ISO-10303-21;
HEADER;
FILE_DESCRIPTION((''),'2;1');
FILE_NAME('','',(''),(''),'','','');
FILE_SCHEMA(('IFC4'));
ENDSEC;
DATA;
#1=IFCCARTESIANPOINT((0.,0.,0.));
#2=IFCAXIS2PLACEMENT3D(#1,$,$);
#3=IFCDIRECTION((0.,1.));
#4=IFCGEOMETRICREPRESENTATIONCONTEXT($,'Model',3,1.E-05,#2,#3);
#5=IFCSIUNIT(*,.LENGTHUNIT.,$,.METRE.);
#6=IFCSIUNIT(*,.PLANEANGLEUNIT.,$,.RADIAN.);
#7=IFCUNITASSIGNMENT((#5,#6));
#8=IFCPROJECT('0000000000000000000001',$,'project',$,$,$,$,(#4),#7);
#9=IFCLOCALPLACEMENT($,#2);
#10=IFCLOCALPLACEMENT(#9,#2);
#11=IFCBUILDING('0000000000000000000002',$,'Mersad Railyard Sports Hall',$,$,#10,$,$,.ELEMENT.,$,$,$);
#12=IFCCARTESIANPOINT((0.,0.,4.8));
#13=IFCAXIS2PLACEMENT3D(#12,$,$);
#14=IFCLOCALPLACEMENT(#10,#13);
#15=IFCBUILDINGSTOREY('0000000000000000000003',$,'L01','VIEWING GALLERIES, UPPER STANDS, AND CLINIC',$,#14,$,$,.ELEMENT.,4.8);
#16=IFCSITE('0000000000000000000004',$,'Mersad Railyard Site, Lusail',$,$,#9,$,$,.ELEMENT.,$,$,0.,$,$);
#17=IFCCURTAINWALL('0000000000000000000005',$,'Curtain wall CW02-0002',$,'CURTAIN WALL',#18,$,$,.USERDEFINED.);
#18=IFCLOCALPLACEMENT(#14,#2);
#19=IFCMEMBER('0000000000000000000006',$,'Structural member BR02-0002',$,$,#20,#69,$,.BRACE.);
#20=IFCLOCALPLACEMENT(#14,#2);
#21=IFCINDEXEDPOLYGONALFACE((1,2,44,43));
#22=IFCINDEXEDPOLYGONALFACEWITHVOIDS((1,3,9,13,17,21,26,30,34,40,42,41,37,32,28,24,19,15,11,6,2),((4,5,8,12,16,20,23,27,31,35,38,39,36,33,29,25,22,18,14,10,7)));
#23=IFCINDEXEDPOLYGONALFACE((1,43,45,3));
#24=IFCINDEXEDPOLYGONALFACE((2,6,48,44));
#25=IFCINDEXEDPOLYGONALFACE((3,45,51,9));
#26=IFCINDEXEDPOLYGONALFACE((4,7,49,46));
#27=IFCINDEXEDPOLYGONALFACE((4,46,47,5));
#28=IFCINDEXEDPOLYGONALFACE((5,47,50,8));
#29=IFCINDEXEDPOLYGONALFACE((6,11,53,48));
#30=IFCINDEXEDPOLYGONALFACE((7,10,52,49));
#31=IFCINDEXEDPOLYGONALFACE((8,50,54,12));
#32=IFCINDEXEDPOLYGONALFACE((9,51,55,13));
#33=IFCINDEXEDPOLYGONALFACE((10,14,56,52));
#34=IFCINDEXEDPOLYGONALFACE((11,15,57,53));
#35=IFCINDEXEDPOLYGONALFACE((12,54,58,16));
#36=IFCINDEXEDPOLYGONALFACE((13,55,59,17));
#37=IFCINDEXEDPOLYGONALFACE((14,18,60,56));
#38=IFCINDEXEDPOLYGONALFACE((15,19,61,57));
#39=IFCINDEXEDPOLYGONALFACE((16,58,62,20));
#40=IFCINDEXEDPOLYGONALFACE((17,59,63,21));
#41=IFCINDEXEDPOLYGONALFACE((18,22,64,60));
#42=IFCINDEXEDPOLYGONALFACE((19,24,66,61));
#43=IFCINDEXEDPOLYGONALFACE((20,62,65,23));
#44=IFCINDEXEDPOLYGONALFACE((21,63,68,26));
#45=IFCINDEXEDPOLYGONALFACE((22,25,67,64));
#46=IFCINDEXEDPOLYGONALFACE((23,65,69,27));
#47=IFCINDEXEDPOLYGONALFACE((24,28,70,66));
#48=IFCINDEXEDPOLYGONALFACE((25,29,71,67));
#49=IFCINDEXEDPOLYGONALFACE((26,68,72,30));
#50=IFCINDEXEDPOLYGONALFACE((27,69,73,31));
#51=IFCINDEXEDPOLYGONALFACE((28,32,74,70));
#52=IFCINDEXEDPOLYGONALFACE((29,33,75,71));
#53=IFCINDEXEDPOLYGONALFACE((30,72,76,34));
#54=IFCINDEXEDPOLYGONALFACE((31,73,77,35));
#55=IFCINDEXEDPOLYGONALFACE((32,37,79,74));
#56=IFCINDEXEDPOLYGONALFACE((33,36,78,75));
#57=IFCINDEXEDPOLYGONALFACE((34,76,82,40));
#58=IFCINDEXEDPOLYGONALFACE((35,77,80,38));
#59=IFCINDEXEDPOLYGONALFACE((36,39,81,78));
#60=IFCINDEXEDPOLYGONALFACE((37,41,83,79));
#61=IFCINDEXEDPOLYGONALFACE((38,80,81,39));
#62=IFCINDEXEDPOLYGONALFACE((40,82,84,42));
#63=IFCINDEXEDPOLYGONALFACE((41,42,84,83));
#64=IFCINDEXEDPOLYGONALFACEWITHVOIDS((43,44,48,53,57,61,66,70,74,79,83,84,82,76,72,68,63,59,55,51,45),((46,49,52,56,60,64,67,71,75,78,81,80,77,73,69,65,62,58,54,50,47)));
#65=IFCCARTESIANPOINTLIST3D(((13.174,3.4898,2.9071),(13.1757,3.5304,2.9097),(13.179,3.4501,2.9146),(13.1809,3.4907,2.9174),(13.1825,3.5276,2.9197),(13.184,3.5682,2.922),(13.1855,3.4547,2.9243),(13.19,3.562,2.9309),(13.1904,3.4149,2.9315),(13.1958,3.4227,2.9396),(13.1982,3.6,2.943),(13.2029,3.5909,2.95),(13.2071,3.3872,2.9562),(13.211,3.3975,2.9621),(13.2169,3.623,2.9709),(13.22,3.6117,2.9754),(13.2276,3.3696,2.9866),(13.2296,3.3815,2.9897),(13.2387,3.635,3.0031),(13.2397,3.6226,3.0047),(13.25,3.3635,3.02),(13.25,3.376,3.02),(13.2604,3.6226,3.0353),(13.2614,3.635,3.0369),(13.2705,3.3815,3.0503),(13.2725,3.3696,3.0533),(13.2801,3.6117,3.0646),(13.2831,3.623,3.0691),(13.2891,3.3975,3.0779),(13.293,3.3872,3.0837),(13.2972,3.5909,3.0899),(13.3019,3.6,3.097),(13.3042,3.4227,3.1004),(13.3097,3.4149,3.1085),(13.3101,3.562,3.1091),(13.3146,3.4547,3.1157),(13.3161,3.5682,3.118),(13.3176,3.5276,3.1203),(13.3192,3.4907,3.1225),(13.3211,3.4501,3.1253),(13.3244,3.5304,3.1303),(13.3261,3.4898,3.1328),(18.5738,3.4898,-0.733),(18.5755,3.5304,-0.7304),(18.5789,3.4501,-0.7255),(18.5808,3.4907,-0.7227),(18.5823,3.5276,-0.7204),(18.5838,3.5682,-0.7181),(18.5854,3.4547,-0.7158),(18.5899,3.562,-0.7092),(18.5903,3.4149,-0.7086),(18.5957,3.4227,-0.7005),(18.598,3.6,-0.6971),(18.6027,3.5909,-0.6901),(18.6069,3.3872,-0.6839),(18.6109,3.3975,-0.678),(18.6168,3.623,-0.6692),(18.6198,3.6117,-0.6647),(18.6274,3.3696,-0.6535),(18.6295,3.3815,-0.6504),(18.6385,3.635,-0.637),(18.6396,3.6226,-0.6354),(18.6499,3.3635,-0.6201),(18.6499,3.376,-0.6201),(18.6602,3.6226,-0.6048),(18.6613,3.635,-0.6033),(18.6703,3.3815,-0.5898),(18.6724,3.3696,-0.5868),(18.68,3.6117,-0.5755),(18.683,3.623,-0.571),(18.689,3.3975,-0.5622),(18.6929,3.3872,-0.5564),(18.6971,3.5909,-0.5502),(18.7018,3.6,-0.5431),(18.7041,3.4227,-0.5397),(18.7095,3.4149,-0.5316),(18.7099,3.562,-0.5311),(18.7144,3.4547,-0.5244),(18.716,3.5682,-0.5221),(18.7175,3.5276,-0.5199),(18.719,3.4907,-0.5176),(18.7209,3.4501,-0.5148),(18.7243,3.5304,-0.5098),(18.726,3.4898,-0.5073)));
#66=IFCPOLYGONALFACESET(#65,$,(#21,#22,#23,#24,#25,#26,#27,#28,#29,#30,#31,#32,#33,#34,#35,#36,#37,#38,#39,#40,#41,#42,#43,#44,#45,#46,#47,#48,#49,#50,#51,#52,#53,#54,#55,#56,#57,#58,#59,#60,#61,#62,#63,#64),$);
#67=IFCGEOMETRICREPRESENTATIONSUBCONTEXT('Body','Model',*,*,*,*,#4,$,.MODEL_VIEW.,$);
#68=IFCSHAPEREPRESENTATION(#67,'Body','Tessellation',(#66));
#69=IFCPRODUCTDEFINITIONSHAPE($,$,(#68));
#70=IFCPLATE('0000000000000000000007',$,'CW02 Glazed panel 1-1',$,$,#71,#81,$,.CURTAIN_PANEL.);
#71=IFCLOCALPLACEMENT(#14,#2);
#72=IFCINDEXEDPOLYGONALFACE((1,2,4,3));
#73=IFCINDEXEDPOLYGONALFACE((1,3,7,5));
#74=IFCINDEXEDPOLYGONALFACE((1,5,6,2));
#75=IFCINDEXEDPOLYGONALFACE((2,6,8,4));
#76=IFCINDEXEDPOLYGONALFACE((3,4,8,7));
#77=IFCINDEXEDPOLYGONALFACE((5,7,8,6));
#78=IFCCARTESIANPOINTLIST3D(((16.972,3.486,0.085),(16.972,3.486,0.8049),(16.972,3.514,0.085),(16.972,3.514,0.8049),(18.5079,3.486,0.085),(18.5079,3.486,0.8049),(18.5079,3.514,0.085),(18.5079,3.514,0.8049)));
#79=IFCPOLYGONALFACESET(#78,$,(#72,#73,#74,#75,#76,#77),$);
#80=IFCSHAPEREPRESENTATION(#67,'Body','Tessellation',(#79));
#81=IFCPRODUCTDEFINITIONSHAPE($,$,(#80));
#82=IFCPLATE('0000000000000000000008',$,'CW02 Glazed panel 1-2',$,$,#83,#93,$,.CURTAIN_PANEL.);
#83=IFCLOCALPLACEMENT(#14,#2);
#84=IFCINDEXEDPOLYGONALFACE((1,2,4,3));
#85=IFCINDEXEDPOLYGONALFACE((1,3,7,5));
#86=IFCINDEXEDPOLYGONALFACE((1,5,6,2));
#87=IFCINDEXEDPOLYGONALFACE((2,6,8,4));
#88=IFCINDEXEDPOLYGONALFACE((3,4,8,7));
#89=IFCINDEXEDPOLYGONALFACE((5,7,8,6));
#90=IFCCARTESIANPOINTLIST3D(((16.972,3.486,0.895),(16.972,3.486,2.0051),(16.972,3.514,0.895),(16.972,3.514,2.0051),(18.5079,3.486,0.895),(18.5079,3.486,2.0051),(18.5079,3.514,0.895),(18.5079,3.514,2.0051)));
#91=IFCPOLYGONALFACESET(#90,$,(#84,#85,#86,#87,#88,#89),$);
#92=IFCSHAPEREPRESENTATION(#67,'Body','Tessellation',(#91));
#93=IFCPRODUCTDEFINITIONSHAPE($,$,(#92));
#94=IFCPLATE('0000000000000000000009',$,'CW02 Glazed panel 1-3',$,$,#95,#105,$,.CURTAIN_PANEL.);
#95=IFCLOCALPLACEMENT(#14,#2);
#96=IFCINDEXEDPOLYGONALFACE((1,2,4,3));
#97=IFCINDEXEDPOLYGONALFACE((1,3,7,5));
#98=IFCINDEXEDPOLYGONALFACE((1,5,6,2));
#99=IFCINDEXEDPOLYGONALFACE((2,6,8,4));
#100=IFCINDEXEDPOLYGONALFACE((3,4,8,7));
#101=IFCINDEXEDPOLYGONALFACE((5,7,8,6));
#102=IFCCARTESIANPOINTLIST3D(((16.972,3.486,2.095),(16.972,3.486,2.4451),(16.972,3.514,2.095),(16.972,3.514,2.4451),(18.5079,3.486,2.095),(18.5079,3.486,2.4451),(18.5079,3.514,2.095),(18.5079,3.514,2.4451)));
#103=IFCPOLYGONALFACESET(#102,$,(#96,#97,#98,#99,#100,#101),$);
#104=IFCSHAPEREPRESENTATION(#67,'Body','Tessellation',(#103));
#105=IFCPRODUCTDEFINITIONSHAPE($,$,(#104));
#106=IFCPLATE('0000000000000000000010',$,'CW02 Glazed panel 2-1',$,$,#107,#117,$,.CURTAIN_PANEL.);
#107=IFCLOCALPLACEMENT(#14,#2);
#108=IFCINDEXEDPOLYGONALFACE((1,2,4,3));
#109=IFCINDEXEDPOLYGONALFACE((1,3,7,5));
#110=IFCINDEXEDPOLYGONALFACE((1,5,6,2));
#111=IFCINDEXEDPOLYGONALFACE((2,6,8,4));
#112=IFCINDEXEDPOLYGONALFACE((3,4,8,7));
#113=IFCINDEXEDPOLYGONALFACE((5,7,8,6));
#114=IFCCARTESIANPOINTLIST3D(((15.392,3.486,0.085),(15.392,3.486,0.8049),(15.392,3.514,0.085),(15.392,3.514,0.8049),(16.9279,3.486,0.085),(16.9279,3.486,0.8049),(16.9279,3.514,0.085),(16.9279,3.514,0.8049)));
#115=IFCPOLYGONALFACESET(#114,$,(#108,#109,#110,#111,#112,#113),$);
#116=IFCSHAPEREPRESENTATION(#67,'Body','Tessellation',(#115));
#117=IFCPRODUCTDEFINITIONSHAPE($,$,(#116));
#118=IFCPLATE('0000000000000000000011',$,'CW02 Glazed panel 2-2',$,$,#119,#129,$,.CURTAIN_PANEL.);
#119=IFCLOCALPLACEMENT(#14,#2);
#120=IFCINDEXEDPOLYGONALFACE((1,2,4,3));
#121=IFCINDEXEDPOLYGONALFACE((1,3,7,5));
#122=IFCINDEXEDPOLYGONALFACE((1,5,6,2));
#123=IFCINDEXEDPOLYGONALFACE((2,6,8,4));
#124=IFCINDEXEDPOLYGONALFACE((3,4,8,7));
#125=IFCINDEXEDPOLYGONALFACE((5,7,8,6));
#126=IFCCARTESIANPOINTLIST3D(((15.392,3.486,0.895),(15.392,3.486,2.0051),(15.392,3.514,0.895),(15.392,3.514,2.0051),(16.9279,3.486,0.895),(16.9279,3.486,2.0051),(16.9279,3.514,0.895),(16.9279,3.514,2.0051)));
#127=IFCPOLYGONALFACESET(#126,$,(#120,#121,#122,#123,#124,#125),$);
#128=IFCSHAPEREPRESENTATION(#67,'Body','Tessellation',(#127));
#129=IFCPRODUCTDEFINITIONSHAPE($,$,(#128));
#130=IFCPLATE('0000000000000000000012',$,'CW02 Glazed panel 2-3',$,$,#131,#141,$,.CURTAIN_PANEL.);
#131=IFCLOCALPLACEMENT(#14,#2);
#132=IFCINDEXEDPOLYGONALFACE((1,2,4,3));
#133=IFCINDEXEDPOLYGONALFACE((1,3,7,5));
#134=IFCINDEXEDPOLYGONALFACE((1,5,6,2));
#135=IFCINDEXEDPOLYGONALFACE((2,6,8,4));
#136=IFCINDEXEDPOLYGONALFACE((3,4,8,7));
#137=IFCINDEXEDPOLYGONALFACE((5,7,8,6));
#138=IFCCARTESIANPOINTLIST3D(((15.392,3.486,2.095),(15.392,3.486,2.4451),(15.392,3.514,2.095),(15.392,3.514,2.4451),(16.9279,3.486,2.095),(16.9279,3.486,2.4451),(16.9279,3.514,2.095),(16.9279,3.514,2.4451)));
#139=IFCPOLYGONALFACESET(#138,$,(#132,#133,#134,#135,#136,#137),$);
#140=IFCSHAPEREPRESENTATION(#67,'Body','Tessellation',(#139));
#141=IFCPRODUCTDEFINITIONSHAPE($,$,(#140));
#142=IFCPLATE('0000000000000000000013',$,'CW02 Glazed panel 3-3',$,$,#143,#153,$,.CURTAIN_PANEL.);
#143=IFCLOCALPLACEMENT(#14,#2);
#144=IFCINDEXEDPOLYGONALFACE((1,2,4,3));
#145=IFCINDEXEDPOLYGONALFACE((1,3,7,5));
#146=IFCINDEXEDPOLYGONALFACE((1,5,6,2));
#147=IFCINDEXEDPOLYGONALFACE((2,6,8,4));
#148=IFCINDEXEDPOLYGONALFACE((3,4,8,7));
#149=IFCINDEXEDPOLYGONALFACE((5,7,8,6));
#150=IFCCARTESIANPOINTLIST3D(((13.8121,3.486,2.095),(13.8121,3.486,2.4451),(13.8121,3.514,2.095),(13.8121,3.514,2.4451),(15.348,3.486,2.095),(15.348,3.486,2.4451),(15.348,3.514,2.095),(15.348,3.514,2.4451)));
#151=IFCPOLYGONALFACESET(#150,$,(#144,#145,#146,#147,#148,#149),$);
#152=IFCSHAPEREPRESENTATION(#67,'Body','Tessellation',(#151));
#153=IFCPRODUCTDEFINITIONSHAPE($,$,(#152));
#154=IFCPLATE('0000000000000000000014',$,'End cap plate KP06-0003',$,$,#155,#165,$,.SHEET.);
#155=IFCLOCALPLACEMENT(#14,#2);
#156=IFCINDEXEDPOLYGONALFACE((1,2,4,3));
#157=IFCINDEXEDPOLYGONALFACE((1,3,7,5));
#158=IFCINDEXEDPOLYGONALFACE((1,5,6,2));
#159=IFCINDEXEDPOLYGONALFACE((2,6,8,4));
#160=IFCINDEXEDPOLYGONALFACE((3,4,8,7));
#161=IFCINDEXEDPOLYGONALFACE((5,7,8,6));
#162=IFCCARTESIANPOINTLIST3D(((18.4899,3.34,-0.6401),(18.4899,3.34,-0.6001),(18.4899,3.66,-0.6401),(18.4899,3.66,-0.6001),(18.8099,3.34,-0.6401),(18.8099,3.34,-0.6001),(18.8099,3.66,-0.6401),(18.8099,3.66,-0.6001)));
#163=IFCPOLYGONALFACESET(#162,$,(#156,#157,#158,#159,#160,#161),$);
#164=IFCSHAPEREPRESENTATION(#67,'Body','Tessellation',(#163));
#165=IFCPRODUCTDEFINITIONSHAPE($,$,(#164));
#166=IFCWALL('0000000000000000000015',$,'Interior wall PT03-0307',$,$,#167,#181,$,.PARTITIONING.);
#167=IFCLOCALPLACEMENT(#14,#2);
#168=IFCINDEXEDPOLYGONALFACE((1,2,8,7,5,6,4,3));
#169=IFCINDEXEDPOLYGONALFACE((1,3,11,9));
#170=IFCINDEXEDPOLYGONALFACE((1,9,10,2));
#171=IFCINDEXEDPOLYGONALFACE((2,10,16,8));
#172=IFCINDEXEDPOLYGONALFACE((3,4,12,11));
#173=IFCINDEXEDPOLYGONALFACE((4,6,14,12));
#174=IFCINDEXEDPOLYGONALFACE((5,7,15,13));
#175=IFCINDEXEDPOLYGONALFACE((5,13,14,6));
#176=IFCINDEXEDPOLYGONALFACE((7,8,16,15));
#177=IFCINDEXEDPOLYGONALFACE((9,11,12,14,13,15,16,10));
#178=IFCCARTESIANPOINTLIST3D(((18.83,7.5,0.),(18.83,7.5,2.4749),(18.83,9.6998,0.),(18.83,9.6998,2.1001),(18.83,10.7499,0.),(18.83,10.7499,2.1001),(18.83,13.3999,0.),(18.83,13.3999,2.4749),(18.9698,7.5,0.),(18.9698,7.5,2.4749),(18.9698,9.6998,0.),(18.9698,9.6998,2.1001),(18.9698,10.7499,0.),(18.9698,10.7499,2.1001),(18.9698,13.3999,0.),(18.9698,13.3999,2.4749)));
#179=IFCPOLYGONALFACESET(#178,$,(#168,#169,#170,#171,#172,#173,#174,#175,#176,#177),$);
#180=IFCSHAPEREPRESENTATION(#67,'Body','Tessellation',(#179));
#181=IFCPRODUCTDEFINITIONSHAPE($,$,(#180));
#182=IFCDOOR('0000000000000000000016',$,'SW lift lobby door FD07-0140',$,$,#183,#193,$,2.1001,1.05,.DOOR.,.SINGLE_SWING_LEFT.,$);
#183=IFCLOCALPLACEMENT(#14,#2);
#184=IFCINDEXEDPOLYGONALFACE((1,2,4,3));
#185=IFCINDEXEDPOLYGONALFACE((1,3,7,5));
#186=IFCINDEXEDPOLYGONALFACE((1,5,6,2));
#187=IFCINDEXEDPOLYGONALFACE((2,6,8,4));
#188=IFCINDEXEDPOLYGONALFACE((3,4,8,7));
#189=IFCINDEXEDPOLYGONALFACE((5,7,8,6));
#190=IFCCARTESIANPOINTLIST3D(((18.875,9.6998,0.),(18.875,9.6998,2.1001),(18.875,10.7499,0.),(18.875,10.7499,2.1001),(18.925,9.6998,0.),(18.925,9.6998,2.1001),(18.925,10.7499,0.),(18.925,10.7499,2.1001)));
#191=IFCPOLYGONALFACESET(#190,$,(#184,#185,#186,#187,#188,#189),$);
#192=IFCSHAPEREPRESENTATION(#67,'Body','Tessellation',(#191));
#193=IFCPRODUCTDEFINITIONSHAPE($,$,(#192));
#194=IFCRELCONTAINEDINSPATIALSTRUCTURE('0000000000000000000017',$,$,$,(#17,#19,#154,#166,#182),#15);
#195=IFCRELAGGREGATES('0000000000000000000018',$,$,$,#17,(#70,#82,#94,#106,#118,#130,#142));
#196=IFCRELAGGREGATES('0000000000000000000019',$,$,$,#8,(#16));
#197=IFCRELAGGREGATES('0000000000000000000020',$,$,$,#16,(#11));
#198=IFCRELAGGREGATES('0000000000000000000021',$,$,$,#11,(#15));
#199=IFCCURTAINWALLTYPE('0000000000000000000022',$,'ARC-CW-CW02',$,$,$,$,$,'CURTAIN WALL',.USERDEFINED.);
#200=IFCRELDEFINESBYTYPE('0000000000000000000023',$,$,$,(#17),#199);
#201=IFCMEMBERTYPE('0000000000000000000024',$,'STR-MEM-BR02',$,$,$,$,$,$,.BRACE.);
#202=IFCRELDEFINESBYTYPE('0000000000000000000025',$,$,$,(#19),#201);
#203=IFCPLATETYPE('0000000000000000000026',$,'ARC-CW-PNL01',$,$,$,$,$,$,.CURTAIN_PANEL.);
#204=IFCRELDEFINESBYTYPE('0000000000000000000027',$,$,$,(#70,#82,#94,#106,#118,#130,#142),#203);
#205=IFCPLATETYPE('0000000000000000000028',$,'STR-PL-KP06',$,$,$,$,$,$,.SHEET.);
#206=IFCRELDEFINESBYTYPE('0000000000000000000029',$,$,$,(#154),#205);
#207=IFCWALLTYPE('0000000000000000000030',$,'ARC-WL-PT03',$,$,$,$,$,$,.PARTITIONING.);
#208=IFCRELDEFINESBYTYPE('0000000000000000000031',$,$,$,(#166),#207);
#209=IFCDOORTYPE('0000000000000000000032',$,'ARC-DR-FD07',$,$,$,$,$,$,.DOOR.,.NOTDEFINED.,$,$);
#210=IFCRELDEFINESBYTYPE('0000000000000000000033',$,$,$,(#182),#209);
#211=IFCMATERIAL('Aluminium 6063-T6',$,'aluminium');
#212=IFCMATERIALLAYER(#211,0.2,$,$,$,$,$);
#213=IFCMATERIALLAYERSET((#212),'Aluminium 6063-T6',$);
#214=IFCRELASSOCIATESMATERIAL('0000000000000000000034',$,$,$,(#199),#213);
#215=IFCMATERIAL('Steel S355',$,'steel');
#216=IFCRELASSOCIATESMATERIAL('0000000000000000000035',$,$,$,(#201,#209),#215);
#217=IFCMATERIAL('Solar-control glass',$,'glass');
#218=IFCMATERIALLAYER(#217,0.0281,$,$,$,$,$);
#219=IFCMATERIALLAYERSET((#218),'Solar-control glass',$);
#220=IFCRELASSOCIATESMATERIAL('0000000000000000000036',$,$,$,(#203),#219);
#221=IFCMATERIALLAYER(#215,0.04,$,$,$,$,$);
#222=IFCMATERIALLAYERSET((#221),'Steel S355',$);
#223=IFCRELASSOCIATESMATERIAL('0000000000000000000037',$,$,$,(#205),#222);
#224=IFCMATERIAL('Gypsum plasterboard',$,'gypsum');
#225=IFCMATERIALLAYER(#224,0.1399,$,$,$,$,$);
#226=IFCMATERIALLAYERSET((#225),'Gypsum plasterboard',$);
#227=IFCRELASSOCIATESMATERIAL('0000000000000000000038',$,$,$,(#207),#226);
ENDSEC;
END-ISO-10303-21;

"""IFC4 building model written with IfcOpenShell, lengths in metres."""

from ifc_helpers import new_model, si_unit, direction, frame, frame_2d, origin, origin_2d, place, context, subcontext, project, spatial, rectangle, hollow_circle, extrude, material, layer, layer_set, material_profile, profile_set, type_object, element, fill, aggregate, save


model = new_model("IFC4")

# Units and contexts
model_context = context("Model", 3, precision=1e-05, world=origin(), true_north=direction((0.0, 1.0)))
body_context = subcontext(model_context, "Body", "Model", "MODEL_VIEW")
ifc_project = project(units=[si_unit("LENGTHUNIT", "METRE"), si_unit("PLANEANGLEUNIT", "RADIAN")], contexts=[model_context])

# Site, building, storey
site_placement = place(None, origin())
site = spatial("IfcSite", under=ifc_project, at=site_placement, Name="Mersad Railyard Site, Lusail", CompositionType="ELEMENT", RefElevation=0.0)
building_placement = place(site_placement, origin())
building = spatial("IfcBuilding", under=site, at=building_placement, Name="Mersad Railyard Sports Hall", CompositionType="ELEMENT")
storey_placement = place(building_placement, frame((0.0, 0.0, 4.8)))
storey = spatial("IfcBuildingStorey", under=building, at=storey_placement, Name="L01", Description="VIEWING GALLERIES, UPPER STANDS, AND CLINIC", CompositionType="ELEMENT", Elevation=4.8)

# Curtain wall
ifc_material_1 = material(Name="Aluminium 6063-T6", Category="aluminium")
ifc_layer_1 = layer(ifc_material_1, 0.2)
ifc_layer_set_1 = layer_set([ifc_layer_1], Name="Aluminium 6063-T6")
curtain_wall_type = type_object("IfcCurtainWallType", Name="ARC-CW-CW02", ElementType="CURTAIN WALL", PredefinedType="USERDEFINED", material=ifc_layer_set_1)
curtain_wall_placement = place(storey_placement, origin())
curtain_wall = element("IfcCurtainWall", 1, at=curtain_wall_placement, inside=storey, type_object=curtain_wall_type, Name="Curtain wall CW02-0002", ObjectType="CURTAIN WALL", PredefinedType="USERDEFINED")

# Member
ifc_material_2 = material(Name="Steel S355", Category="steel")
ifc_material_profile_1 = material_profile(ifc_material_2, hollow_circle(Radius=0.1365, WallThickness=0.0125, at=origin_2d()), Name="CHS 273x12.5")
ifc_profile_set_1 = profile_set([ifc_material_profile_1], Name="Steel S355")
member_type_1 = type_object("IfcMemberType", Name="STR-MEM-BR02", PredefinedType="BRACE", material=ifc_profile_set_1)
member_1_placement = place(storey_placement, frame((18.6499, 3.5, -0.6201), z_axis=(-0.82919, 0.0, 0.558967), x_axis=(0.0, -1.0, 0.0)))
element("IfcMember", 2, at=member_1_placement, inside=storey, type_object=member_type_1, Name="Structural member BR02-0002", PredefinedType="BRACE", context=body_context, shape_type="SweptSolid", body=[
    extrude(hollow_circle(Radius=0.1365, WallThickness=0.0125, at=origin_2d()), origin(), (0.0, 0.0, 1.0), 6.5122),
])

# Plates
ifc_material_3 = material(Name="Solar-control glass", Category="glass")
ifc_layer_2 = layer(ifc_material_3, 0.0281)
ifc_layer_set_2 = layer_set([ifc_layer_2], Name="Solar-control glass")
plate_type_1 = type_object("IfcPlateType", Name="ARC-CW-PNL01", PredefinedType="CURTAIN_PANEL", material=ifc_layer_set_2)
plate_1_placement = place(storey_placement, frame((17.74, 3.5, 0.085), z_axis=(0.0, 0.0, 1.0), x_axis=(-1.0, 0.0, 0.0)))
plate_1 = element("IfcPlate", 3, at=plate_1_placement, type_object=plate_type_1, Name="CW02 Glazed panel 1-1", PredefinedType="CURTAIN_PANEL", context=body_context, shape_type="SweptSolid", body=[
    extrude(rectangle(XDim=1.5359, YDim=0.0281, at=origin_2d()), origin(), (0.0, 0.0, 1.0), 0.72),
])
plate_2_placement = place(storey_placement, frame((17.74, 3.5, 0.895), z_axis=(0.0, 0.0, 1.0), x_axis=(-1.0, 0.0, 0.0)))
plate_2 = element("IfcPlate", 4, at=plate_2_placement, type_object=plate_type_1, Name="CW02 Glazed panel 1-2", PredefinedType="CURTAIN_PANEL", context=body_context, shape_type="SweptSolid", body=[
    extrude(rectangle(XDim=1.5359, YDim=0.0281, at=origin_2d()), origin(), (0.0, 0.0, 1.0), 1.1101),
])
plate_3_placement = place(storey_placement, frame((17.74, 3.5, 2.095), z_axis=(0.0, 0.0, 1.0), x_axis=(-1.0, 0.0, 0.0)))
plate_3 = element("IfcPlate", 5, at=plate_3_placement, type_object=plate_type_1, Name="CW02 Glazed panel 1-3", PredefinedType="CURTAIN_PANEL", context=body_context, shape_type="SweptSolid", body=[
    extrude(rectangle(XDim=1.5359, YDim=0.0281, at=origin_2d()), origin(), (0.0, 0.0, 1.0), 0.3501),
])
plate_4_placement = place(storey_placement, frame((16.1599, 3.5, 0.085), z_axis=(0.0, 0.0, 1.0), x_axis=(-1.0, 0.0, 0.0)))
plate_4 = element("IfcPlate", 6, at=plate_4_placement, type_object=plate_type_1, Name="CW02 Glazed panel 2-1", PredefinedType="CURTAIN_PANEL", context=body_context, shape_type="SweptSolid", body=[
    extrude(rectangle(XDim=1.5359, YDim=0.0281, at=origin_2d()), origin(), (0.0, 0.0, 1.0), 0.72),
])
plate_5_placement = place(storey_placement, frame((16.1599, 3.5, 0.895), z_axis=(0.0, 0.0, 1.0), x_axis=(-1.0, 0.0, 0.0)))
plate_5 = element("IfcPlate", 7, at=plate_5_placement, type_object=plate_type_1, Name="CW02 Glazed panel 2-2", PredefinedType="CURTAIN_PANEL", context=body_context, shape_type="SweptSolid", body=[
    extrude(rectangle(XDim=1.5359, YDim=0.0281, at=origin_2d()), origin(), (0.0, 0.0, 1.0), 1.1101),
])
plate_6_placement = place(storey_placement, frame((16.1599, 3.5, 2.095), z_axis=(0.0, 0.0, 1.0), x_axis=(-1.0, 0.0, 0.0)))
plate_6 = element("IfcPlate", 8, at=plate_6_placement, type_object=plate_type_1, Name="CW02 Glazed panel 2-3", PredefinedType="CURTAIN_PANEL", context=body_context, shape_type="SweptSolid", body=[
    extrude(rectangle(XDim=1.5359, YDim=0.0281, at=origin_2d()), origin(), (0.0, 0.0, 1.0), 0.3501),
])
plate_7_placement = place(storey_placement, frame((14.5801, 3.5, 2.095), z_axis=(0.0, 0.0, 1.0), x_axis=(-1.0, 0.0, 0.0)))
plate_7 = element("IfcPlate", 9, at=plate_7_placement, type_object=plate_type_1, Name="CW02 Glazed panel 3-3", PredefinedType="CURTAIN_PANEL", context=body_context, shape_type="SweptSolid", body=[
    extrude(rectangle(XDim=1.5359, YDim=0.0281, at=origin_2d()), origin(), (0.0, 0.0, 1.0), 0.3501),
])
aggregate(curtain_wall, [plate_1, plate_2, plate_3, plate_4, plate_5, plate_6, plate_7])
ifc_layer_3 = layer(ifc_material_2, 0.04)
ifc_layer_set_3 = layer_set([ifc_layer_3], Name="Steel S355")
plate_type_2 = type_object("IfcPlateType", Name="STR-PL-KP06", PredefinedType="SHEET", material=ifc_layer_set_3)
plate_8_placement = place(storey_placement, frame((18.6499, 3.5, -0.6401), z_axis=(0.0, 0.0, 1.0), x_axis=(1.0, 0.0, 0.0)))
element("IfcPlate", 10, at=plate_8_placement, inside=storey, type_object=plate_type_2, Name="End cap plate KP06-0003", PredefinedType="SHEET", context=body_context, shape_type="SweptSolid", body=[
    extrude(rectangle(XDim=0.3201, YDim=0.3201, at=origin_2d()), origin(), (0.0, 0.0, 1.0), 0.04),
])

# Wall, opening, door
ifc_material_4 = material(Name="Gypsum plasterboard", Category="gypsum")
ifc_layer_4 = layer(ifc_material_4, 0.1399)
ifc_layer_set_4 = layer_set([ifc_layer_4], Name="Gypsum plasterboard")
wall_type_1 = type_object("IfcWallType", Name="ARC-WL-PT03", PredefinedType="PARTITIONING", material=ifc_layer_set_4)
wall_1_placement = place(storey_placement, frame((18.8999, 7.5, 0.0), z_axis=(0.0, 0.0, 1.0), x_axis=(0.0, 1.0, 0.0)))
wall_1 = element("IfcWall", 11, at=wall_1_placement, inside=storey, type_object=wall_type_1, Name="Interior wall PT03-0307", PredefinedType="PARTITIONING", context=body_context, shape_type="SweptSolid", body=[
    extrude(rectangle(XDim=5.8999, YDim=0.1399, at=frame_2d((2.95, 0.0))), origin(), (0.0, 0.0, 1.0), 2.4749),
])
opening_1_placement = place(wall_1_placement, frame((2.2, 0.0, 0.0)))
opening_1 = element("IfcOpeningElement", 12, at=opening_1_placement, cuts=wall_1, PredefinedType="OPENING", context=body_context, shape_type="SweptSolid", body=[
    extrude(rectangle(XDim=1.05, YDim=2.1001, at=frame_2d((0.5249, 1.05))), frame((0.0, 0.0798, 0.0), z_axis=(0.0, -1.0, 0.0), x_axis=(1.0, 0.0, 0.0)), (0.0, 0.0, 1.0), 0.1599),
])
door_type_1 = type_object("IfcDoorType", Name="ARC-DR-FD07", OperationType="NOTDEFINED", PredefinedType="DOOR", material=ifc_material_2)
door_1_placement = place(opening_1_placement, origin())
door_1 = element("IfcDoor", 13, at=door_1_placement, inside=storey, type_object=door_type_1, Name="SW lift lobby door FD07-0140", OperationType="SINGLE_SWING_LEFT", OverallHeight=2.1001, OverallWidth=1.05, PredefinedType="DOOR", context=body_context, shape_type="SweptSolid", body=[
    extrude(rectangle(XDim=1.05, YDim=2.1001, at=frame_2d((0.5249, 1.05))), frame((0.0, 0.0249, 0.0), z_axis=(0.0, -1.0, 0.0), x_axis=(1.0, 0.0, 0.0)), (0.0, 0.0, 1.0), 0.05),
])
fill(opening_1, door_1)

save(model, "model.ifc")
